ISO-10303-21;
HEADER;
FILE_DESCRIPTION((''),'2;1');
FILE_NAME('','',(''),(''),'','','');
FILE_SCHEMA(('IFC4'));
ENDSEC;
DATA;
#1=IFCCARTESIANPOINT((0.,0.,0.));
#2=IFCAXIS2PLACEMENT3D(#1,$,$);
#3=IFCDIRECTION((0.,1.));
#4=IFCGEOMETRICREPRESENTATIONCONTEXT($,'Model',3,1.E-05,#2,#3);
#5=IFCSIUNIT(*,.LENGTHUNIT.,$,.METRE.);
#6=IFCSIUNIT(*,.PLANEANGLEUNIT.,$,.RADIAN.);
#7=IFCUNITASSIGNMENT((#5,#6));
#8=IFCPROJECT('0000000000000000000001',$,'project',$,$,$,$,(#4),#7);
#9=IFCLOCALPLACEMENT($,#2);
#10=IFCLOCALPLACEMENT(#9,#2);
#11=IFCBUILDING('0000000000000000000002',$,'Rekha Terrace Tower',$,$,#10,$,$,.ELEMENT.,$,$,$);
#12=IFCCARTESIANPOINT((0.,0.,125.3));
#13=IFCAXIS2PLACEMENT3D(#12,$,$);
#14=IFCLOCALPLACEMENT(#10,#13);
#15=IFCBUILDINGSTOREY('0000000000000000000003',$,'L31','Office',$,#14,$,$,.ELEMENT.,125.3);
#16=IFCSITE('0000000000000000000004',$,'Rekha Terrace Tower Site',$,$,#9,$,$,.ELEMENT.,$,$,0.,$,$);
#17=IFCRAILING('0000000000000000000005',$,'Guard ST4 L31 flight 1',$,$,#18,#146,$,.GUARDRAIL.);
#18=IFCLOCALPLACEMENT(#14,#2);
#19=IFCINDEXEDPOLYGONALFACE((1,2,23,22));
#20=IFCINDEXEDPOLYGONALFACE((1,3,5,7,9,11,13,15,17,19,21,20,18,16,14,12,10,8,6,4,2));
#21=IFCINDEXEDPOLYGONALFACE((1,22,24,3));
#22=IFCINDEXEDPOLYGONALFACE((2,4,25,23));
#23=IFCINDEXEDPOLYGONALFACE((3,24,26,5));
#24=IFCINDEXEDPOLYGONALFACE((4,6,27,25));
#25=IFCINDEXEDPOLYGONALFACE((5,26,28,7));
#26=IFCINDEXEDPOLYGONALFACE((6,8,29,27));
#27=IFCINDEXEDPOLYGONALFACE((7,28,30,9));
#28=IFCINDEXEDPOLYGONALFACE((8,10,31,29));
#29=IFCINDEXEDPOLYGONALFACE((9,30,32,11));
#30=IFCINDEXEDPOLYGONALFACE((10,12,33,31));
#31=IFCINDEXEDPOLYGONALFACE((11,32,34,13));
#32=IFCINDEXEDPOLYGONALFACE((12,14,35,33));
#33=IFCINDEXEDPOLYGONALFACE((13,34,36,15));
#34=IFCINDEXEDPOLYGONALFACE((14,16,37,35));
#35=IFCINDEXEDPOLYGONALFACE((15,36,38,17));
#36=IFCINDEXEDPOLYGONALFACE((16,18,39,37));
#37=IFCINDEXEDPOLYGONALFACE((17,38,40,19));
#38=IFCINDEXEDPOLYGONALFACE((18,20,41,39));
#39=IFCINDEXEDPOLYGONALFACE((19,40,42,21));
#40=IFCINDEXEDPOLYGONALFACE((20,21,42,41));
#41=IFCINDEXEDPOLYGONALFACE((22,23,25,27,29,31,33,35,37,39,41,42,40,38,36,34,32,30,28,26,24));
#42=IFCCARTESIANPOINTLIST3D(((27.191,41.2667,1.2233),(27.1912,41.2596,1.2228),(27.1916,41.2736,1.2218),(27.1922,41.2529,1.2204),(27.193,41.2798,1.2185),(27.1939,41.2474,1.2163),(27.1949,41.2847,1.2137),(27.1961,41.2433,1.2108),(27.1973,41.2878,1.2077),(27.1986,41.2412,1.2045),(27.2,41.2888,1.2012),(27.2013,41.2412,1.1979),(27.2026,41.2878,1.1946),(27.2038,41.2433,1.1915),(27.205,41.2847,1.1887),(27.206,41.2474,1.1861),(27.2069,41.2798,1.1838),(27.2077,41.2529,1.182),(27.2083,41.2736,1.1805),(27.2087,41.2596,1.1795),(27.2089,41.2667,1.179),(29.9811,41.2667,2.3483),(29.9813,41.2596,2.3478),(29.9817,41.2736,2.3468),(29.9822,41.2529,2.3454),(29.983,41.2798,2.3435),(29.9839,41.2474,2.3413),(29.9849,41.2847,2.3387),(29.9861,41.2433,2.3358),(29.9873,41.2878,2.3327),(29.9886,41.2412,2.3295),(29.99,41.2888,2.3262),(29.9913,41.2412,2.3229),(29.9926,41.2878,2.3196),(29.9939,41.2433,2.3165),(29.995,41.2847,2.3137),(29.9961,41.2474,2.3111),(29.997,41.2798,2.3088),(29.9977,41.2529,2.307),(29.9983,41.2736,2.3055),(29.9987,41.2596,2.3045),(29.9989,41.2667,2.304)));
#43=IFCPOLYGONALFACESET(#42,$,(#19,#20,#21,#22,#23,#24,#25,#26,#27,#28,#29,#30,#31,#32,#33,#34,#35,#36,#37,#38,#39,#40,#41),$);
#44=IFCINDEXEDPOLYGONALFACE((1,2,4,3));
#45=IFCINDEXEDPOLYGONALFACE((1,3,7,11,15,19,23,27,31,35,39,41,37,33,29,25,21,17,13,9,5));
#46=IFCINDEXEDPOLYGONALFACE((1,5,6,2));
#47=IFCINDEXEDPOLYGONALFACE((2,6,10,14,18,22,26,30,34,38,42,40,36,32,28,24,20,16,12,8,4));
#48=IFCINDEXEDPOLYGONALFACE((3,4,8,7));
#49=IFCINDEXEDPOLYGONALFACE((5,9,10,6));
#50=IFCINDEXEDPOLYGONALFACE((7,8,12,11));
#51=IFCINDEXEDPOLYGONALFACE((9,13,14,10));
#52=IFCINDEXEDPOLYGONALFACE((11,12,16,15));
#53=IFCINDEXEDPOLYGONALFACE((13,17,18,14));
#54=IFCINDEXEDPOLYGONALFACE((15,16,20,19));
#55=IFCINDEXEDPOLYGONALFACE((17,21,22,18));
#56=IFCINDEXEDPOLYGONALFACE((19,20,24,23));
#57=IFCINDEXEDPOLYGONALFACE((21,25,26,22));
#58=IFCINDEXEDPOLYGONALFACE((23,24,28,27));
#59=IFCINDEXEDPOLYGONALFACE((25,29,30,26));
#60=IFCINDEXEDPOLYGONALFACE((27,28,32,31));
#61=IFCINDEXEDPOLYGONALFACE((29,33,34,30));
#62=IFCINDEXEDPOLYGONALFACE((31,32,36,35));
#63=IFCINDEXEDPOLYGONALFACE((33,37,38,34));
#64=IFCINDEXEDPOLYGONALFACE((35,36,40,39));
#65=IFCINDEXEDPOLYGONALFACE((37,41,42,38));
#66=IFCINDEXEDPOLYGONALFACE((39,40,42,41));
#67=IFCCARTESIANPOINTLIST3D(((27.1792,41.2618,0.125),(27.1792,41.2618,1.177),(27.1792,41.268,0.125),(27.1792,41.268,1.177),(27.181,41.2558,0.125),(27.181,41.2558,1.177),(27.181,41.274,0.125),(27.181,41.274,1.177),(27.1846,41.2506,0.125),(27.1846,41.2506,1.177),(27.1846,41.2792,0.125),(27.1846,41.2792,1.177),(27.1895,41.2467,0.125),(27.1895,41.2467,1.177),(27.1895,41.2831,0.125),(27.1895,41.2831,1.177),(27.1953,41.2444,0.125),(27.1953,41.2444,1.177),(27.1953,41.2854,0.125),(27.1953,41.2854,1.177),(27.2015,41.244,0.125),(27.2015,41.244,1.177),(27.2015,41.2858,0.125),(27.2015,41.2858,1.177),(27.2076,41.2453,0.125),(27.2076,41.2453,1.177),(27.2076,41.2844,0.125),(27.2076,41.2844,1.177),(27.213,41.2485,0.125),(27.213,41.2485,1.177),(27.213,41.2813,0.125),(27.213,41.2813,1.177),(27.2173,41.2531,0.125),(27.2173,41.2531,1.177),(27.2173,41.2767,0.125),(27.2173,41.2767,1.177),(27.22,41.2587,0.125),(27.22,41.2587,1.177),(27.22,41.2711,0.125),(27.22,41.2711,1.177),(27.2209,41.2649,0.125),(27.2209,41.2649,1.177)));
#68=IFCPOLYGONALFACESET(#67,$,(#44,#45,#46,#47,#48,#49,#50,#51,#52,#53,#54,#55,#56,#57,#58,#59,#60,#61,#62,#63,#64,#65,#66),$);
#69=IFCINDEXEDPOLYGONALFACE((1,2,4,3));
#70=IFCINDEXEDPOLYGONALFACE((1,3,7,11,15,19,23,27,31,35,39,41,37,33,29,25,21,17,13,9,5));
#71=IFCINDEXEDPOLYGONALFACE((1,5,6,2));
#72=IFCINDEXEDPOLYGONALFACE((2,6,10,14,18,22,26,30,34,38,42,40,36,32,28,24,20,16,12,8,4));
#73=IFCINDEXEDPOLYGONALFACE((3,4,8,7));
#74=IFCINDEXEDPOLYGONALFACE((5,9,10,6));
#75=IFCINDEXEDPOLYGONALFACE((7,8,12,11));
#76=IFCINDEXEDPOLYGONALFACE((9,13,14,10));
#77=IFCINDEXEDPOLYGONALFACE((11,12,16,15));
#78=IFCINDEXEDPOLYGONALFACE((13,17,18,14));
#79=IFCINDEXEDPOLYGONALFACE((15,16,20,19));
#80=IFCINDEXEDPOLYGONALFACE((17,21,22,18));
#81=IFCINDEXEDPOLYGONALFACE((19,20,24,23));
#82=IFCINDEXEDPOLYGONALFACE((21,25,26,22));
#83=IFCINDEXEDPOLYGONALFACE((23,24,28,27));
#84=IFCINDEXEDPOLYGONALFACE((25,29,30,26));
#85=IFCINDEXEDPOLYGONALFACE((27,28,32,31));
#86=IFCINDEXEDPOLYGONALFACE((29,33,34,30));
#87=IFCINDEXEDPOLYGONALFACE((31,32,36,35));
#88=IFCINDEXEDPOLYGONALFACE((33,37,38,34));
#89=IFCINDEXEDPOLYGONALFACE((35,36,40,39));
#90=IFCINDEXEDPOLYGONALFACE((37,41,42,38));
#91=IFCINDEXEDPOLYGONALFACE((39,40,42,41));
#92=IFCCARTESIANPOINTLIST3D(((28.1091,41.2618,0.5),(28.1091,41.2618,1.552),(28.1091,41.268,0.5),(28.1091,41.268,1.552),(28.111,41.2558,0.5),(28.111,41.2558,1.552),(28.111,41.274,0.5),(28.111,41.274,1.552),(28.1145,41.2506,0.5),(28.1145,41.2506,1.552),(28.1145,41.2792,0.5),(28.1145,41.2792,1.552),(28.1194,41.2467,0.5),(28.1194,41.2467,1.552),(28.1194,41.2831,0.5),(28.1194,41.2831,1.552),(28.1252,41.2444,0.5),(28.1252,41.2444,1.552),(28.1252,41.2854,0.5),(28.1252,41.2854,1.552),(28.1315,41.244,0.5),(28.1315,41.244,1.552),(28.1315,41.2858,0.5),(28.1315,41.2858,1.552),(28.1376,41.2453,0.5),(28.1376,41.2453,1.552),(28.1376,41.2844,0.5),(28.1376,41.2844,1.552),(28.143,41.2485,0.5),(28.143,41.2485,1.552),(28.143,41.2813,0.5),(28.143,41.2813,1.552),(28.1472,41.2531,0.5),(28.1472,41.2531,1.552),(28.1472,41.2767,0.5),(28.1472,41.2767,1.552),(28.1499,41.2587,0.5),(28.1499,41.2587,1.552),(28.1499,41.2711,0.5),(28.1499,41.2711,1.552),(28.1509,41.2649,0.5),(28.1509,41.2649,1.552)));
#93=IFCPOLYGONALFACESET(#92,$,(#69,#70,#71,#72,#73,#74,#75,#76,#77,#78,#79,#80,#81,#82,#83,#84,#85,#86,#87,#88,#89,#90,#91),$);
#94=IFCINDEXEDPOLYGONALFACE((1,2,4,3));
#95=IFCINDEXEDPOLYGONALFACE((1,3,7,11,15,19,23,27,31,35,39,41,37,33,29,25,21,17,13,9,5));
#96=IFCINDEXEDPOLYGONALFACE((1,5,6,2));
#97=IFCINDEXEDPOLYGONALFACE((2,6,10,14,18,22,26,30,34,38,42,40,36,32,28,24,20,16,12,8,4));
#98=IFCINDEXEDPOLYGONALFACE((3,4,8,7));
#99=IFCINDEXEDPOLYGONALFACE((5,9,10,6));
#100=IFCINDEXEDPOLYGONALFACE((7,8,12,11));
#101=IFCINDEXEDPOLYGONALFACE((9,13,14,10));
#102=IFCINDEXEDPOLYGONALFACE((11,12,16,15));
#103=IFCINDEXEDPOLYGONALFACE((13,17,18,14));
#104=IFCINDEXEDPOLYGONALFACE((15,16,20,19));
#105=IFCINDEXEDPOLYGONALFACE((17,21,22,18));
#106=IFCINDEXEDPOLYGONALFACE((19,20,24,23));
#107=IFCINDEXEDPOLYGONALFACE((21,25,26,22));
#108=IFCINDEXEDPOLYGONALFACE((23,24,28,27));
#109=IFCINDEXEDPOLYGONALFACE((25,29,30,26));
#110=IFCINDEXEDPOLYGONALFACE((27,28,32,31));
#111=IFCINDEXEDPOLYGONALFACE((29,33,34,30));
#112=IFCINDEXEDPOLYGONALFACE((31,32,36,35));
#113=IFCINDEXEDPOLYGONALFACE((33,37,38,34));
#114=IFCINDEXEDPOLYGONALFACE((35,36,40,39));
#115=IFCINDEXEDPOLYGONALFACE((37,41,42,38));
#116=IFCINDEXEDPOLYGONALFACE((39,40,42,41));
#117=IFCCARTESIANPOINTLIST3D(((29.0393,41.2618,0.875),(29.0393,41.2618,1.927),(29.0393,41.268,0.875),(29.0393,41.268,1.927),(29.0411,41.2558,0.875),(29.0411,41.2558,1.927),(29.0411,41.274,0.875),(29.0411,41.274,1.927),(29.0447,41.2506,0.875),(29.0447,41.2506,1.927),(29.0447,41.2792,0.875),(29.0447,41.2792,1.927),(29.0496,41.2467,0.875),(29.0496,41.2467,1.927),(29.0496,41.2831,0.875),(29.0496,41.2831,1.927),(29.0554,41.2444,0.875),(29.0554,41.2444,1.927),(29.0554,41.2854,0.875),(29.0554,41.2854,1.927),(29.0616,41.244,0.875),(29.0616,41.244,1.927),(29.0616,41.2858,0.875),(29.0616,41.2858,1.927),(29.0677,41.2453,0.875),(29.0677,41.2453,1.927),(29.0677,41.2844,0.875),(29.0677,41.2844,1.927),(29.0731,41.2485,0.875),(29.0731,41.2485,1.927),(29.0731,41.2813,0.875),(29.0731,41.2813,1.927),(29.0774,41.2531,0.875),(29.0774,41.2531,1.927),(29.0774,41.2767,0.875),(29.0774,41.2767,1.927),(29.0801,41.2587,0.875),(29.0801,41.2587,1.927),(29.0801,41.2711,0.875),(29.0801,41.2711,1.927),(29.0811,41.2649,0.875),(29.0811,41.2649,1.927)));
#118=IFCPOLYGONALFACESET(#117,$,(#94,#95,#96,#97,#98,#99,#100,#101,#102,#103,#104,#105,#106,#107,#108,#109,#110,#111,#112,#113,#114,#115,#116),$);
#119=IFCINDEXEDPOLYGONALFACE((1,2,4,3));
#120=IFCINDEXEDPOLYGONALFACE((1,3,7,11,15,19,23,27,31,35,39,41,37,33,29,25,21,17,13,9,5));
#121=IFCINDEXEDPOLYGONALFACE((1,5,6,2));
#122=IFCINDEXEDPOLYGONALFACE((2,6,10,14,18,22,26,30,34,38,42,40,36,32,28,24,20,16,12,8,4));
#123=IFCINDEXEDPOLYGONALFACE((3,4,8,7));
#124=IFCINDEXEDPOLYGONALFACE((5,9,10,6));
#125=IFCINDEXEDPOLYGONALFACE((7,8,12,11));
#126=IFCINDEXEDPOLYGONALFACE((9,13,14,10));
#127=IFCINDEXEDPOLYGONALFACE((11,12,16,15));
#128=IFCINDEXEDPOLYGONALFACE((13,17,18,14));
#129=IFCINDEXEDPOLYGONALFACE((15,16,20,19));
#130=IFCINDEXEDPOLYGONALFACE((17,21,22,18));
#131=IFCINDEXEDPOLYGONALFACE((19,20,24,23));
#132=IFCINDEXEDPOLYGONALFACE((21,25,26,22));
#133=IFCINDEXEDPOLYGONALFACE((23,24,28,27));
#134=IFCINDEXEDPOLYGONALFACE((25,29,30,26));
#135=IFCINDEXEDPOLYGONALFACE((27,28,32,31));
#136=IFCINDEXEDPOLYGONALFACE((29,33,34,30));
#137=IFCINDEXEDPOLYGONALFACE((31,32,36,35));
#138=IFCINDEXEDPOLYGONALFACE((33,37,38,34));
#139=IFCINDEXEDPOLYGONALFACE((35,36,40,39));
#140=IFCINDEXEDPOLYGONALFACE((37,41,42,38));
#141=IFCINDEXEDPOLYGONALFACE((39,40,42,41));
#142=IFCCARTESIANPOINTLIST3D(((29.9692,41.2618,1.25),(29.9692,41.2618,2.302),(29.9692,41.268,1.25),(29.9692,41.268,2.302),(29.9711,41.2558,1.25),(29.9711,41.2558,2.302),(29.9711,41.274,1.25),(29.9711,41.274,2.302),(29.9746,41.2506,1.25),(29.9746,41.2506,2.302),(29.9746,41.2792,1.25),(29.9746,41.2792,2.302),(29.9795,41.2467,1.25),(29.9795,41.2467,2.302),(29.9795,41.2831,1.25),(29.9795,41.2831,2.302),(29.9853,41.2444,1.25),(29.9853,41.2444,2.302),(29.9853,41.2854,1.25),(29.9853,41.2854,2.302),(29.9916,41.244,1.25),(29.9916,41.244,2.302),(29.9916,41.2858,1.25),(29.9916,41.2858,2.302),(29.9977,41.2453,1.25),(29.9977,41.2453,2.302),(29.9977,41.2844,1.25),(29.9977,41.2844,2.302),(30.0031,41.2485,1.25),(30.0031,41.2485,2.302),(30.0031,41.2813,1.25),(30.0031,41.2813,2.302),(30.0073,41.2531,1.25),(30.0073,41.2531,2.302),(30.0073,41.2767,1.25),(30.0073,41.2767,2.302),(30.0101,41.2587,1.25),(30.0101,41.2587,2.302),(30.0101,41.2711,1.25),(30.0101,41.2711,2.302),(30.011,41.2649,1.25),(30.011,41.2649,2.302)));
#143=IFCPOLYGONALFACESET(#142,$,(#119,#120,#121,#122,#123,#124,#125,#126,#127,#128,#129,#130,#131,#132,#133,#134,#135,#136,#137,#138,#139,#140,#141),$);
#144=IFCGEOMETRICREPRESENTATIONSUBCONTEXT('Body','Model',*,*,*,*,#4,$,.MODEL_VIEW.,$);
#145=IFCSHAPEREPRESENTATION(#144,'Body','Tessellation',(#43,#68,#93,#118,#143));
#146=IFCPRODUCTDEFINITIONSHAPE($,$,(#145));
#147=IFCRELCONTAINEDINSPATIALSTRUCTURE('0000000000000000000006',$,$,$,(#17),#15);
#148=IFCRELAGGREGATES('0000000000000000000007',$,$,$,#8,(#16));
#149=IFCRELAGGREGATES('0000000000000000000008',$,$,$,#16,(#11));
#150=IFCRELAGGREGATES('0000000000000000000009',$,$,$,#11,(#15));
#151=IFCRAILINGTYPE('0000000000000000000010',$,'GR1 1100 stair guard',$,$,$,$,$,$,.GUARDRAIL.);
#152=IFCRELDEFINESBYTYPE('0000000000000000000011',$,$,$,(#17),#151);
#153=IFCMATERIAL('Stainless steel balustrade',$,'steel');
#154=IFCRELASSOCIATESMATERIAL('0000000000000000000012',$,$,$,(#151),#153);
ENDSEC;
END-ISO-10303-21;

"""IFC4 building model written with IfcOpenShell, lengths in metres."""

from ifc_helpers import new_model, si_unit, direction, frame, origin, origin_2d, place, context, subcontext, project, spatial, circle, extrude, material, type_object, element, save


model = new_model("IFC4")

# Units and contexts
model_context = context("Model", 3, precision=1e-05, world=origin(), true_north=direction((0.0, 1.0)))
body_context = subcontext(model_context, "Body", "Model", "MODEL_VIEW")
ifc_project = project(units=[si_unit("LENGTHUNIT", "METRE"), si_unit("PLANEANGLEUNIT", "RADIAN")], contexts=[model_context])

# Site, building, storey
site_placement = place(None, origin())
site = spatial("IfcSite", under=ifc_project, at=site_placement, Name="Rekha Terrace Tower Site", CompositionType="ELEMENT", RefElevation=0.0)
building_placement = place(site_placement, origin())
building = spatial("IfcBuilding", under=site, at=building_placement, Name="Rekha Terrace Tower", CompositionType="ELEMENT")
storey_placement = place(building_placement, frame((0.0, 0.0, 125.3)))
storey = spatial("IfcBuildingStorey", under=building, at=storey_placement, Name="L31", Description="Office", CompositionType="ELEMENT", Elevation=125.3)

# Railing
ifc_material_1 = material(Name="Stainless steel balustrade", Category="steel")
railing_type_1 = type_object("IfcRailingType", Name="GR1 1100 stair guard", PredefinedType="GUARDRAIL", material=ifc_material_1)
railing_1_placement = place(storey_placement, frame((27.2, 41.2649, 0.125)))
element("IfcRailing", 1, at=railing_1_placement, inside=storey, type_object=railing_type_1, Name="Guard ST4 L31 flight 1", PredefinedType="GUARDRAIL", context=body_context, shape_type="SweptSolid", body=[
    extrude(circle(Radius=0.0239, at=origin_2d()), frame((0.0, 0.0, 1.0762), z_axis=(0.927443, 0.0, 0.373964), x_axis=(0.0, 1.0, 0.0)), (0.0, 0.0, 1.0), 3.0083),
    extrude(circle(Radius=0.021, at=origin_2d()), origin(), (0.0, 0.0, 1.0), 1.052),
    extrude(circle(Radius=0.021, at=origin_2d()), frame((0.9299, 0.0, 0.375)), (0.0, 0.0, 1.0), 1.052),
    extrude(circle(Radius=0.021, at=origin_2d()), frame((1.8601, 0.0, 0.75)), (0.0, 0.0, 1.0), 1.052),
    extrude(circle(Radius=0.021, at=origin_2d()), frame((2.79, 0.0, 1.125)), (0.0, 0.0, 1.0), 1.052),
])

save(model, "model.ifc")
